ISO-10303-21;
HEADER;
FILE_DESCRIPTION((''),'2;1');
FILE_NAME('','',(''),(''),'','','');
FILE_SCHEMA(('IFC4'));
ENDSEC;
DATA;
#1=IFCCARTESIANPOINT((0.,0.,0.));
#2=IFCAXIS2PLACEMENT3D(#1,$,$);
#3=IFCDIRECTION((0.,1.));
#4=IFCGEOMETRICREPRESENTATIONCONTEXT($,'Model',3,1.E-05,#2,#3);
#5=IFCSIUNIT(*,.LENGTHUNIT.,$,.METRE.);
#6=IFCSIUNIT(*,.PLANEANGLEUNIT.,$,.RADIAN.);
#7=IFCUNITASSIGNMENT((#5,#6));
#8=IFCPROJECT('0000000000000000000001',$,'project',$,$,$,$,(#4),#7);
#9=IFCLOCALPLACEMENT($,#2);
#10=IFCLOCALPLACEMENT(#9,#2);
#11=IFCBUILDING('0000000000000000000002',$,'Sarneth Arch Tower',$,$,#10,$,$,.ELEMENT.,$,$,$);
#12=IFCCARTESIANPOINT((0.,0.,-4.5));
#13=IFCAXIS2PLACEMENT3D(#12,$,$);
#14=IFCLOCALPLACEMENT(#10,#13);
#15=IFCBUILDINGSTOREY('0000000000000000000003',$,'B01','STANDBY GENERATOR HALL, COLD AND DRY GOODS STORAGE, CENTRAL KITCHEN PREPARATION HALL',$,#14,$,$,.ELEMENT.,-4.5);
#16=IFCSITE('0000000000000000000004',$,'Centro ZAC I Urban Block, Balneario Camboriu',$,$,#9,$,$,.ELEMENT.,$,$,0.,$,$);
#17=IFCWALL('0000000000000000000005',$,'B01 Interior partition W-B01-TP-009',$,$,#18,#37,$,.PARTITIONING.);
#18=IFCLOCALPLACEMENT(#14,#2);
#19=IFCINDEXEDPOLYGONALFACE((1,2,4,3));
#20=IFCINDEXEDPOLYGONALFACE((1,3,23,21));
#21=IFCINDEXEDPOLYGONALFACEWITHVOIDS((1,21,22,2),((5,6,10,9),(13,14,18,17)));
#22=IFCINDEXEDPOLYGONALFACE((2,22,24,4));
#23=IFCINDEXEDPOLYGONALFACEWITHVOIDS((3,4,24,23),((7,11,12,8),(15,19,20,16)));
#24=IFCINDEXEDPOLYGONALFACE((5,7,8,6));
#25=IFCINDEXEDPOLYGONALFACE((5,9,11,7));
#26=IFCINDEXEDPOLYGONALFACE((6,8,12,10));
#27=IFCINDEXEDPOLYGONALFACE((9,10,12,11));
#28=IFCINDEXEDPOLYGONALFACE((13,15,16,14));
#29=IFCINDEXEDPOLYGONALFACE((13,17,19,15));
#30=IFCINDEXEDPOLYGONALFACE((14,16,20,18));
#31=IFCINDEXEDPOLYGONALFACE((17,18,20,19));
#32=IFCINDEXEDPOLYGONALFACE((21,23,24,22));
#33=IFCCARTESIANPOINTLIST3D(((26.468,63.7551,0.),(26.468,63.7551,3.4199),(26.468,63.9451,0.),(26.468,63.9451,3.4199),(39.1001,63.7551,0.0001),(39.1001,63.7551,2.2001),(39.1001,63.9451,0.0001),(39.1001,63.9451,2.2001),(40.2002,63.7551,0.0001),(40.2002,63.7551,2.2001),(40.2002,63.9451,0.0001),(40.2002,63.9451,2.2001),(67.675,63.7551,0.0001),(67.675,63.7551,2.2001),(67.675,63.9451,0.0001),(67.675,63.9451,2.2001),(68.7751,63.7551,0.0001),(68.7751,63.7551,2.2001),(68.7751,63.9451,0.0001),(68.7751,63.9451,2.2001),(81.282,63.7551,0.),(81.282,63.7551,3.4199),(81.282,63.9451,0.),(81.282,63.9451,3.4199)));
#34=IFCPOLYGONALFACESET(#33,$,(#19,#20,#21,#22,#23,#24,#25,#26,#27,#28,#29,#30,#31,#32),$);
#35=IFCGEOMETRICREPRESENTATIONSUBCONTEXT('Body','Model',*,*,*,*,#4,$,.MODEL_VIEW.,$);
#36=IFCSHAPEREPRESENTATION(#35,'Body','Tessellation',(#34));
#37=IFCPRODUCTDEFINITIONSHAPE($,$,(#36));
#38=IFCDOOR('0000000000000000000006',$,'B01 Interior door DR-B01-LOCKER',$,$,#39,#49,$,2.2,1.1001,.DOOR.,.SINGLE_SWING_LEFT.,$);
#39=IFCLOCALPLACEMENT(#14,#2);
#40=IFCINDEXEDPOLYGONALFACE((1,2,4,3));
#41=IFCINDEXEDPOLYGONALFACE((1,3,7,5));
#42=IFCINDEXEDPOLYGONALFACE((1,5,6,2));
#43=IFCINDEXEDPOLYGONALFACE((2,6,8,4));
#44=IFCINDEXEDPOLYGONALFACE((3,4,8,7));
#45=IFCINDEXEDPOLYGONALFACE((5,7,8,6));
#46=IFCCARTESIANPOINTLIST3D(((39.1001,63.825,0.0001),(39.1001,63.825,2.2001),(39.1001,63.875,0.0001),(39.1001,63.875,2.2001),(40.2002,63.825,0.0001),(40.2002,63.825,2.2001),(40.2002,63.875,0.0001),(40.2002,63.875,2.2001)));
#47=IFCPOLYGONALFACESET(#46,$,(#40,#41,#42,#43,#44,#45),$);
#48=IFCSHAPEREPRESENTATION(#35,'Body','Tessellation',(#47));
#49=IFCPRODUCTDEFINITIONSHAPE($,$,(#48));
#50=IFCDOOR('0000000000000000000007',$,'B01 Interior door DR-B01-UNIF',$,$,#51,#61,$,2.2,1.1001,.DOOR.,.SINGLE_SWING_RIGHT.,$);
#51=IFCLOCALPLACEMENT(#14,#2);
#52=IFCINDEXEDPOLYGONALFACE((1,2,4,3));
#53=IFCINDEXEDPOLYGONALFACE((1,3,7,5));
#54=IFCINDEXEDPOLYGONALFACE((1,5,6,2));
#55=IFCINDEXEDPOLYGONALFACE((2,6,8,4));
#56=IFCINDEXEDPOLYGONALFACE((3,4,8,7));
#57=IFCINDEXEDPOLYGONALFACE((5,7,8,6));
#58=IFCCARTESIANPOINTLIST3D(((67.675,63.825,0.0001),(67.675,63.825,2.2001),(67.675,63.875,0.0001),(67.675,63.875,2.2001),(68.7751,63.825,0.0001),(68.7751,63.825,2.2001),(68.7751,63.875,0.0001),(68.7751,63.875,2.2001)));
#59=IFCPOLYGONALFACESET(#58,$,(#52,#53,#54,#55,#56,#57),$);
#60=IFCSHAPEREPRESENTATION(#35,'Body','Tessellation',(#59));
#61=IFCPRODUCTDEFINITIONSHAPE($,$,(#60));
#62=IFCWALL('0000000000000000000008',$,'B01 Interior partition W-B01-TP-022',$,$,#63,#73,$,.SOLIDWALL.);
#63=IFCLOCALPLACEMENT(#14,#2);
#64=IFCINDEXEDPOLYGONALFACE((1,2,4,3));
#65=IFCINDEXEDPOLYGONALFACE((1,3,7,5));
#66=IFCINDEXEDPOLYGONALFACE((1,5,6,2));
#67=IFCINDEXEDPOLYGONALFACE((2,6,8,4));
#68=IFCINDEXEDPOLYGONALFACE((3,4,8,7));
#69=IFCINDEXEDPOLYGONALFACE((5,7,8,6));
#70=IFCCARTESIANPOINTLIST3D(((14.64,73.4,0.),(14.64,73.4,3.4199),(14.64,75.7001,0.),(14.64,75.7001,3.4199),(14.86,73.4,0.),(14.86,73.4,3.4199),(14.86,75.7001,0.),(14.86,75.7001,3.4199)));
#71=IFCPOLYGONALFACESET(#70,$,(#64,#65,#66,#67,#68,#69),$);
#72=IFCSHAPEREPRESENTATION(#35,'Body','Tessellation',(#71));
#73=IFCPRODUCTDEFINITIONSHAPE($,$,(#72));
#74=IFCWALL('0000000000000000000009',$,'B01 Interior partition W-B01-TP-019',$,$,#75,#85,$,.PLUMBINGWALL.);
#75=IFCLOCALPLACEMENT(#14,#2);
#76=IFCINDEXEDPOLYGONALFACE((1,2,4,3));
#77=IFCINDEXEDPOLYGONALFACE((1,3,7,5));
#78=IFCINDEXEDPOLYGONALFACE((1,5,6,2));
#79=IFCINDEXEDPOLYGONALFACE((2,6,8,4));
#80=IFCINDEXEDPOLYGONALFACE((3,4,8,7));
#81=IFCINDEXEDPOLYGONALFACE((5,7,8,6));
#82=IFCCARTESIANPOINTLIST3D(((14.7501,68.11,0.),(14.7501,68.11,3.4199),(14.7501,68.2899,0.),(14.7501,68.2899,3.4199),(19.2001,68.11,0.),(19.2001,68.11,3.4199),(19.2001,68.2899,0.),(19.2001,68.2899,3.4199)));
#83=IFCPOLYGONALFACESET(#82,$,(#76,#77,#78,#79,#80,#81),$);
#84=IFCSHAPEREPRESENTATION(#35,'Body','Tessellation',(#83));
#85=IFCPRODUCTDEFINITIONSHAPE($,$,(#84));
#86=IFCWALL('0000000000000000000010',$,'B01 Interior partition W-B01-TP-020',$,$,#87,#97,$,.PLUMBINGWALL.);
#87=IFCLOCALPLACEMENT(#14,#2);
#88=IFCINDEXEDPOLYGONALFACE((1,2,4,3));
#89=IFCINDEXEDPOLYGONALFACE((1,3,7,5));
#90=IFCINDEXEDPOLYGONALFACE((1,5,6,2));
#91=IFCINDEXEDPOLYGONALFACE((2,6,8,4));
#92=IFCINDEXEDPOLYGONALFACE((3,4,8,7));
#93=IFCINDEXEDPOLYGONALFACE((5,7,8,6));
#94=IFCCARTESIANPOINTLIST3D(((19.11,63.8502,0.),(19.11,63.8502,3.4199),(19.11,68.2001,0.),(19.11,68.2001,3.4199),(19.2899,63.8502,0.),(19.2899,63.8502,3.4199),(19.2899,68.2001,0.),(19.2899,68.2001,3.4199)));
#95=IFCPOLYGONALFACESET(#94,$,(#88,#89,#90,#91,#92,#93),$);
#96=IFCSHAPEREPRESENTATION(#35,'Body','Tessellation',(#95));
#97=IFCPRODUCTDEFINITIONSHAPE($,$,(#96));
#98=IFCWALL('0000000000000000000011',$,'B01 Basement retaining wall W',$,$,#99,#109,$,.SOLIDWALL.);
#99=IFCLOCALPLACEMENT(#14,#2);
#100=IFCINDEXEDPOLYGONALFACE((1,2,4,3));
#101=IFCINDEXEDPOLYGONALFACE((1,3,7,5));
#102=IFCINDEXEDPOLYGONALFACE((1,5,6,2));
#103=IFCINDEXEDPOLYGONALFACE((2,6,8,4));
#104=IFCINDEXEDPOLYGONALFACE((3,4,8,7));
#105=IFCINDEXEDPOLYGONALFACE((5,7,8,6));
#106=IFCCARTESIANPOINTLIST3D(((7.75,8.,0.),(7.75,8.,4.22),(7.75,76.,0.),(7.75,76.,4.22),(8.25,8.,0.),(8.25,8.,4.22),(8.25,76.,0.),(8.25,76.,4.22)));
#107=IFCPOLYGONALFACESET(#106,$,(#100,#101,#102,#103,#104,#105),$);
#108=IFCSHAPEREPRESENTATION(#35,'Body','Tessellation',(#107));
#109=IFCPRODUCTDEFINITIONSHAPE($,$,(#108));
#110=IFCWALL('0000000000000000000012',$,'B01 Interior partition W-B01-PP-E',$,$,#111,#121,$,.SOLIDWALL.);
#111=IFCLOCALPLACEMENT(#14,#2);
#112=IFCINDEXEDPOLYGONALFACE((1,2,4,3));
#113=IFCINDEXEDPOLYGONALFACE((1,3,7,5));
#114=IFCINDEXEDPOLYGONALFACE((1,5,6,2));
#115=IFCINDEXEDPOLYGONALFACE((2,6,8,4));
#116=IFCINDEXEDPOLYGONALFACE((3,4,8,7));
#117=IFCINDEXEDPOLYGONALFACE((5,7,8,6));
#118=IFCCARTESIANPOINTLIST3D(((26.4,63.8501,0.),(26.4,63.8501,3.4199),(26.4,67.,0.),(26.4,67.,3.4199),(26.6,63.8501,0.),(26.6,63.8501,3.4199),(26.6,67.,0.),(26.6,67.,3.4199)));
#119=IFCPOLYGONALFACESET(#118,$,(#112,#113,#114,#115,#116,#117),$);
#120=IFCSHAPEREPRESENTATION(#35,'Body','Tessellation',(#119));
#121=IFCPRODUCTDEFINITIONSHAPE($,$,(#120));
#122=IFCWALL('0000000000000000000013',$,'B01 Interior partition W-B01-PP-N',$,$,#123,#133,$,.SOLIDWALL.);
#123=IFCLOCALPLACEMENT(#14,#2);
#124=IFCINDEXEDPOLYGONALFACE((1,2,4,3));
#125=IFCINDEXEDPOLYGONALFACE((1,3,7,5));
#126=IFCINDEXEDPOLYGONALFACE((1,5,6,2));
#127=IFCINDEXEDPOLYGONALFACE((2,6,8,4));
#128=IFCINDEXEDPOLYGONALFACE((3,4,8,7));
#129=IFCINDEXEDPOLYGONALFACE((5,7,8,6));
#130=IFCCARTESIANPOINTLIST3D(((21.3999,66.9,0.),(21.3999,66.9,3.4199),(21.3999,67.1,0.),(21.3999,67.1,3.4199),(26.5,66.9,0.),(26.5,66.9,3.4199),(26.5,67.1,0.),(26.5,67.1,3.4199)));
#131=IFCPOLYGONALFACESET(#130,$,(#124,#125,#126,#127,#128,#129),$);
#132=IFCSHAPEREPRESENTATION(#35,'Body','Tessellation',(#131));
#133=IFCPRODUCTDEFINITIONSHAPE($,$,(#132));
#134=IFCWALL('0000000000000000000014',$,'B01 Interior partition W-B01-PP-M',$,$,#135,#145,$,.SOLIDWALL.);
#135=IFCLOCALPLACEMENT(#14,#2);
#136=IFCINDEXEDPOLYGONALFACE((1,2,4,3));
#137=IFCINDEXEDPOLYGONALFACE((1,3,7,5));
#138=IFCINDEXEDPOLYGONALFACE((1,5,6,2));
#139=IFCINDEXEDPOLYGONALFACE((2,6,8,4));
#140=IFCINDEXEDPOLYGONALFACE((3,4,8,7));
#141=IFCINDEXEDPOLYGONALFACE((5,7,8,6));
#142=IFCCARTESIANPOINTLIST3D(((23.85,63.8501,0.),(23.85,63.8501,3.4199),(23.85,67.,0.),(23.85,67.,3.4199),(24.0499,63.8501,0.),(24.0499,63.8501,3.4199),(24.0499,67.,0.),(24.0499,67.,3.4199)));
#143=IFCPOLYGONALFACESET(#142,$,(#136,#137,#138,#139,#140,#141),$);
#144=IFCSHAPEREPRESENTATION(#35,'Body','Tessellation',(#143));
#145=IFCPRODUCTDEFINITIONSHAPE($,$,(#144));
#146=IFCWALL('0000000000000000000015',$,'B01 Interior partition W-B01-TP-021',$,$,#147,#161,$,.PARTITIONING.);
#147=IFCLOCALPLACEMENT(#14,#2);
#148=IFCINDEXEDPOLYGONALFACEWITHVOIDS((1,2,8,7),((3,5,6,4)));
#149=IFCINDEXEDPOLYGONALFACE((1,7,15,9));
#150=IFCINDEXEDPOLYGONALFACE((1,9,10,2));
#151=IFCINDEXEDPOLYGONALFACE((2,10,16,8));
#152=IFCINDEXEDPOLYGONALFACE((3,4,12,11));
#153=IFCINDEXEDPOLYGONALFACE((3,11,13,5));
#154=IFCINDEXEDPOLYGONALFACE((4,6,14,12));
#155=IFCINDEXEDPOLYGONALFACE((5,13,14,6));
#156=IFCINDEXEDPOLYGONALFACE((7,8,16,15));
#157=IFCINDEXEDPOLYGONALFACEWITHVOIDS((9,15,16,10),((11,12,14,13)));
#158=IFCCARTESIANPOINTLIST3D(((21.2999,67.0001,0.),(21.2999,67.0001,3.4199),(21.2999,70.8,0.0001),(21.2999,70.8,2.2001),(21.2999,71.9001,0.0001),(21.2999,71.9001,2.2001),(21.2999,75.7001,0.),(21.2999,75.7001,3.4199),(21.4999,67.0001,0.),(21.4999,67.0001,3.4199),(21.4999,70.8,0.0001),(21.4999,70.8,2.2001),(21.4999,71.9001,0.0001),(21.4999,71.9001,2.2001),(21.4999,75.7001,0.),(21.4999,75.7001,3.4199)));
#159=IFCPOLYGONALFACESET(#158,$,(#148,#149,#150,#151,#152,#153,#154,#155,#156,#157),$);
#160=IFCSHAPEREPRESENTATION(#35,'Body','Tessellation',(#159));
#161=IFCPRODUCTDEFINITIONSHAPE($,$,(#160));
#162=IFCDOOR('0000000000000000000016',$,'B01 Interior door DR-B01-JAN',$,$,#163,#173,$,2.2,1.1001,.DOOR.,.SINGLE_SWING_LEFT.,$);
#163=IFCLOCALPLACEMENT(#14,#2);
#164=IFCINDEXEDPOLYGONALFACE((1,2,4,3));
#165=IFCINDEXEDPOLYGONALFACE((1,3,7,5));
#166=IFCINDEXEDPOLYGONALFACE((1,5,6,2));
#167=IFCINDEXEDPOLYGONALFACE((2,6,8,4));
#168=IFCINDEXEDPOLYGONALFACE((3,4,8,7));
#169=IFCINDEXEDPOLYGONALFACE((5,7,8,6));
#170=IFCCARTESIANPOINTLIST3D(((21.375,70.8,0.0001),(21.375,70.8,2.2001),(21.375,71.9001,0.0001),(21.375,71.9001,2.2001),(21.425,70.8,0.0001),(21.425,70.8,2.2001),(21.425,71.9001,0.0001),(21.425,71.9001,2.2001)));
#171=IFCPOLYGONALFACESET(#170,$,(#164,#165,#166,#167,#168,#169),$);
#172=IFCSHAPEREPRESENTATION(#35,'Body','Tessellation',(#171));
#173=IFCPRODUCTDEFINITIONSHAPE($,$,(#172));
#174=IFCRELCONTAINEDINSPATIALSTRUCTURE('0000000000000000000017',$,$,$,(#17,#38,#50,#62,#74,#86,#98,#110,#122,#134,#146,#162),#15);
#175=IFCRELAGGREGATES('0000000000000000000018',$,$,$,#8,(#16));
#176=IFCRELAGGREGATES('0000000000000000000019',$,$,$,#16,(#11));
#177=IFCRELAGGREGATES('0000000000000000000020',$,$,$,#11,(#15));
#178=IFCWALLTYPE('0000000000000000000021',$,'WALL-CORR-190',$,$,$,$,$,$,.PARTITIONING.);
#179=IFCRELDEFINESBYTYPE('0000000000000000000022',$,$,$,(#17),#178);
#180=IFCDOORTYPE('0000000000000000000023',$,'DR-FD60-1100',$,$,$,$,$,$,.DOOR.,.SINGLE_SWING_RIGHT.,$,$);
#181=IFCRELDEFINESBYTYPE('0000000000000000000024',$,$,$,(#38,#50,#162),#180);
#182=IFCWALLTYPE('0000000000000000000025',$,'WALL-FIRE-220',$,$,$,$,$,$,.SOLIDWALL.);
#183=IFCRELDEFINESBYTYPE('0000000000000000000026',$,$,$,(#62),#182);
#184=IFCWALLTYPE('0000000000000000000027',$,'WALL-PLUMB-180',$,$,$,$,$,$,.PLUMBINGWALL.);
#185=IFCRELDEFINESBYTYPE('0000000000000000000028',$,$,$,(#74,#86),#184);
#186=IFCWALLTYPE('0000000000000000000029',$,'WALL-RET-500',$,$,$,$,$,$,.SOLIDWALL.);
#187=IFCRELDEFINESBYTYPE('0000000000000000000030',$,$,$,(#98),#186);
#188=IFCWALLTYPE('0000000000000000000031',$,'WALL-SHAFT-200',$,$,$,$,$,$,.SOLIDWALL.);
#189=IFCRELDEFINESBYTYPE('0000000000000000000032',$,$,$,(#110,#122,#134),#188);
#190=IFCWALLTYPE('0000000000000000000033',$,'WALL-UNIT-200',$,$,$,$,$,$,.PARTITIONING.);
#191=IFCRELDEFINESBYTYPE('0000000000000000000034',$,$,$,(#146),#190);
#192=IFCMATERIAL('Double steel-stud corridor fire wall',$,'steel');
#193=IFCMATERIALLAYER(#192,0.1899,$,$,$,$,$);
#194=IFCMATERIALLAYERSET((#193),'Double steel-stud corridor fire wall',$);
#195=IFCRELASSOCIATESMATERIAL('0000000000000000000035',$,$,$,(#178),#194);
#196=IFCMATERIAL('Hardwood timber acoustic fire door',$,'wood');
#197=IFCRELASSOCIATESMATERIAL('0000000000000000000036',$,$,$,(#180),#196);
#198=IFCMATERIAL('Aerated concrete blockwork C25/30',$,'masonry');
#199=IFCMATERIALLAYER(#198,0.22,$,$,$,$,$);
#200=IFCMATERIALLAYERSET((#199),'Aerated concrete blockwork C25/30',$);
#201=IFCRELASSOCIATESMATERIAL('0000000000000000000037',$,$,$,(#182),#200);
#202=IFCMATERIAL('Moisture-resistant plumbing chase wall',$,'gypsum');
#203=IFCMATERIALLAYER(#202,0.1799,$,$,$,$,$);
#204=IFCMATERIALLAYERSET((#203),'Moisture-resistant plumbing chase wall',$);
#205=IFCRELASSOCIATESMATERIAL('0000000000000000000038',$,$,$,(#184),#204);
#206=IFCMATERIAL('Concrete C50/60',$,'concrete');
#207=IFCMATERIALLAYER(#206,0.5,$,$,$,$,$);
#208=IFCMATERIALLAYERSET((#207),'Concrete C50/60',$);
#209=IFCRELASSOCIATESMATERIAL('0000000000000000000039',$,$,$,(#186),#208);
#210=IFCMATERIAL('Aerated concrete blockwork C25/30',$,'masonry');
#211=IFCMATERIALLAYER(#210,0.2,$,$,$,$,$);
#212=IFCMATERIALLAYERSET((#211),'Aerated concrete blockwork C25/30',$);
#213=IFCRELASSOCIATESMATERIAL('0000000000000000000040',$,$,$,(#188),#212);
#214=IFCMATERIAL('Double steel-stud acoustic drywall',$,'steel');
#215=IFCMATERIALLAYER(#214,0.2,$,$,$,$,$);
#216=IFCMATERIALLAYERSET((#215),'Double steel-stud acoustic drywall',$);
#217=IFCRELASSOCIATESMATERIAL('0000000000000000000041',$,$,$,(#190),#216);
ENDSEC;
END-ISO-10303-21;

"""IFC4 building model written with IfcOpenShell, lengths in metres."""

from ifc_helpers import new_model, si_unit, direction, frame, frame_2d, origin, place, context, subcontext, project, spatial, rectangle, extrude, material, layer, layer_set, type_object, element, fill, save


model = new_model("IFC4")

# Units and contexts
model_context = context("Model", 3, precision=1e-05, world=origin(), true_north=direction((0.0, 1.0)))
body_context = subcontext(model_context, "Body", "Model", "MODEL_VIEW")
ifc_project = project(units=[si_unit("LENGTHUNIT", "METRE"), si_unit("PLANEANGLEUNIT", "RADIAN")], contexts=[model_context])

# Site, building, storey
site_placement = place(None, origin())
site = spatial("IfcSite", under=ifc_project, at=site_placement, Name="Centro ZAC I Urban Block, Balneario Camboriu", CompositionType="ELEMENT", RefElevation=0.0)
building_placement = place(site_placement, origin())
building = spatial("IfcBuilding", under=site, at=building_placement, Name="Sarneth Arch Tower", CompositionType="ELEMENT")
storey_placement = place(building_placement, frame((0.0, 0.0, -4.5)))
storey = spatial("IfcBuildingStorey", under=building, at=storey_placement, Name="B01", Description="STANDBY GENERATOR HALL, COLD AND DRY GOODS STORAGE, CENTRAL KITCHEN PREPARATION HALL", CompositionType="ELEMENT", Elevation=-4.5)

# Wall, openings, doors
ifc_material_1 = material(Name="Double steel-stud corridor fire wall", Category="steel")
ifc_layer_1 = layer(ifc_material_1, 0.1899)
ifc_layer_set_1 = layer_set([ifc_layer_1], Name="Double steel-stud corridor fire wall")
wall_type_1 = type_object("IfcWallType", Name="WALL-CORR-190", PredefinedType="PARTITIONING", material=ifc_layer_set_1)
wall_1_placement = place(storey_placement, frame((26.468, 63.8501, 0.0), z_axis=(0.0, 0.0, 1.0), x_axis=(1.0, 0.0, 0.0)))
wall_1 = element("IfcWall", 1, at=wall_1_placement, inside=storey, type_object=wall_type_1, Name="B01 Interior partition W-B01-TP-009", PredefinedType="PARTITIONING", context=body_context, shape_type="SweptSolid", body=[
    extrude(rectangle(XDim=54.814, YDim=0.1899, at=frame_2d((27.407, 0.0))), origin(), (0.0, 0.0, 1.0), 3.4199),
])
opening_1_placement = place(wall_1_placement, frame((12.6321, 0.0, 0.0)))
opening_1 = element("IfcOpeningElement", 2, at=opening_1_placement, cuts=wall_1, PredefinedType="OPENING", context=body_context, shape_type="SweptSolid", body=[
    extrude(rectangle(XDim=1.1001, YDim=2.2, at=frame_2d((0.55, 1.1001))), frame((0.0, 0.105, 0.0), z_axis=(0.0, -1.0, 0.0), x_axis=(1.0, 0.0, 0.0)), (0.0, 0.0, 1.0), 0.21),
])
opening_2_placement = place(wall_1_placement, frame((41.207, 0.0, 0.0)))
opening_2 = element("IfcOpeningElement", 3, at=opening_2_placement, cuts=wall_1, PredefinedType="OPENING", context=body_context, shape_type="SweptSolid", body=[
    extrude(rectangle(XDim=1.1001, YDim=2.2, at=frame_2d((0.55, 1.1001))), frame((0.0, 0.105, 0.0), z_axis=(0.0, -1.0, 0.0), x_axis=(1.0, 0.0, 0.0)), (0.0, 0.0, 1.0), 0.21),
])
ifc_material_2 = material(Name="Hardwood timber acoustic fire door", Category="wood")
door_type = type_object("IfcDoorType", Name="DR-FD60-1100", OperationType="SINGLE_SWING_RIGHT", PredefinedType="DOOR", material=ifc_material_2)
door_1_placement = place(opening_1_placement, origin())
door_1 = element("IfcDoor", 4, at=door_1_placement, inside=storey, type_object=door_type, Name="B01 Interior door DR-B01-LOCKER", OperationType="SINGLE_SWING_LEFT", OverallHeight=2.2, OverallWidth=1.1001, PredefinedType="DOOR", context=body_context, shape_type="SweptSolid", body=[
    extrude(rectangle(XDim=1.1001, YDim=2.2, at=frame_2d((0.55, 1.1001))), frame((0.0, 0.0249, 0.0), z_axis=(0.0, -1.0, 0.0), x_axis=(1.0, 0.0, 0.0)), (0.0, 0.0, 1.0), 0.05),
])
fill(opening_1, door_1)
door_2_placement = place(opening_2_placement, origin())
door_2 = element("IfcDoor", 5, at=door_2_placement, inside=storey, type_object=door_type, Name="B01 Interior door DR-B01-UNIF", OperationType="SINGLE_SWING_RIGHT", OverallHeight=2.2, OverallWidth=1.1001, PredefinedType="DOOR", context=body_context, shape_type="SweptSolid", body=[
    extrude(rectangle(XDim=1.1001, YDim=2.2, at=frame_2d((0.55, 1.1001))), frame((0.0, 0.0249, 0.0), z_axis=(0.0, -1.0, 0.0), x_axis=(1.0, 0.0, 0.0)), (0.0, 0.0, 1.0), 0.05),
])
fill(opening_2, door_2)

# Walls
ifc_material_3 = material(Name="Aerated concrete blockwork C25/30", Category="masonry")
ifc_layer_2 = layer(ifc_material_3, 0.22)
ifc_layer_set_2 = layer_set([ifc_layer_2], Name="Aerated concrete blockwork C25/30")
wall_type_2 = type_object("IfcWallType", Name="WALL-FIRE-220", PredefinedType="SOLIDWALL", material=ifc_layer_set_2)
wall_2_placement = place(storey_placement, frame((14.75, 75.7, 0.0), z_axis=(0.0, 0.0, 1.0), x_axis=(0.0, -1.0, 0.0)))
element("IfcWall", 6, at=wall_2_placement, inside=storey, type_object=wall_type_2, Name="B01 Interior partition W-B01-TP-022", PredefinedType="SOLIDWALL", context=body_context, shape_type="SweptSolid", body=[
    extrude(rectangle(XDim=2.3, YDim=0.22, at=frame_2d((1.1499, 0.0))), origin(), (0.0, 0.0, 1.0), 3.4199),
])
ifc_material_4 = material(Name="Moisture-resistant plumbing chase wall", Category="gypsum")
ifc_layer_3 = layer(ifc_material_4, 0.1799)
ifc_layer_set_3 = layer_set([ifc_layer_3], Name="Moisture-resistant plumbing chase wall")
wall_type_3 = type_object("IfcWallType", Name="WALL-PLUMB-180", PredefinedType="PLUMBINGWALL", material=ifc_layer_set_3)
wall_3_placement = place(storey_placement, frame((14.75, 68.2, 0.0), z_axis=(0.0, 0.0, 1.0), x_axis=(1.0, 0.0, 0.0)))
element("IfcWall", 7, at=wall_3_placement, inside=storey, type_object=wall_type_3, Name="B01 Interior partition W-B01-TP-019", PredefinedType="PLUMBINGWALL", context=body_context, shape_type="SweptSolid", body=[
    extrude(rectangle(XDim=4.45, YDim=0.1799, at=frame_2d((2.2251, 0.0))), origin(), (0.0, 0.0, 1.0), 3.4199),
])
wall_4_placement = place(storey_placement, frame((19.2, 68.2, 0.0), z_axis=(0.0, 0.0, 1.0), x_axis=(0.0, -1.0, 0.0)))
element("IfcWall", 8, at=wall_4_placement, inside=storey, type_object=wall_type_3, Name="B01 Interior partition W-B01-TP-020", PredefinedType="PLUMBINGWALL", context=body_context, shape_type="SweptSolid", body=[
    extrude(rectangle(XDim=4.3499, YDim=0.1799, at=frame_2d((2.1748, 0.0))), origin(), (0.0, 0.0, 1.0), 3.4199),
])
ifc_material_5 = material(Name="Concrete C50/60", Category="concrete")
ifc_layer_4 = layer(ifc_material_5, 0.5)
ifc_layer_set_4 = layer_set([ifc_layer_4], Name="Concrete C50/60")
wall_type_4 = type_object("IfcWallType", Name="WALL-RET-500", PredefinedType="SOLIDWALL", material=ifc_layer_set_4)
wall_5_placement = place(storey_placement, frame((8.0, 76.0, 0.0), z_axis=(0.0, 0.0, 1.0), x_axis=(0.0, -1.0, 0.0)))
element("IfcWall", 9, at=wall_5_placement, inside=storey, type_object=wall_type_4, Name="B01 Basement retaining wall W", PredefinedType="SOLIDWALL", context=body_context, shape_type="SweptSolid", body=[
    extrude(rectangle(XDim=68.0, YDim=0.5, at=frame_2d((34.0, 0.0))), origin(), (0.0, 0.0, 1.0), 4.22),
])
ifc_material_6 = material(Name="Aerated concrete blockwork C25/30", Category="masonry")
ifc_layer_5 = layer(ifc_material_6, 0.2)
ifc_layer_set_5 = layer_set([ifc_layer_5], Name="Aerated concrete blockwork C25/30")
wall_type_5 = type_object("IfcWallType", Name="WALL-SHAFT-200", PredefinedType="SOLIDWALL", material=ifc_layer_set_5)
wall_6_placement = place(storey_placement, frame((26.5, 63.8501, 0.0), z_axis=(0.0, 0.0, 1.0), x_axis=(0.0, 1.0, 0.0)))
element("IfcWall", 10, at=wall_6_placement, inside=storey, type_object=wall_type_5, Name="B01 Interior partition W-B01-PP-E", PredefinedType="SOLIDWALL", context=body_context, shape_type="SweptSolid", body=[
    extrude(rectangle(XDim=3.1499, YDim=0.2, at=frame_2d((1.575, 0.0))), origin(), (0.0, 0.0, 1.0), 3.4199),
])
wall_7_placement = place(storey_placement, frame((21.3999, 67.0, 0.0), z_axis=(0.0, 0.0, 1.0), x_axis=(1.0, 0.0, 0.0)))
element("IfcWall", 11, at=wall_7_placement, inside=storey, type_object=wall_type_5, Name="B01 Interior partition W-B01-PP-N", PredefinedType="SOLIDWALL", context=body_context, shape_type="SweptSolid", body=[
    extrude(rectangle(XDim=5.1001, YDim=0.2, at=frame_2d((2.55, 0.0))), origin(), (0.0, 0.0, 1.0), 3.4199),
])
wall_8_placement = place(storey_placement, frame((23.95, 63.8501, 0.0), z_axis=(0.0, 0.0, 1.0), x_axis=(0.0, 1.0, 0.0)))
element("IfcWall", 12, at=wall_8_placement, inside=storey, type_object=wall_type_5, Name="B01 Interior partition W-B01-PP-M", PredefinedType="SOLIDWALL", context=body_context, shape_type="SweptSolid", body=[
    extrude(rectangle(XDim=3.1499, YDim=0.2, at=frame_2d((1.575, 0.0))), origin(), (0.0, 0.0, 1.0), 3.4199),
])

# Wall, opening, door
ifc_material_7 = material(Name="Double steel-stud acoustic drywall", Category="steel")
ifc_layer_6 = layer(ifc_material_7, 0.2)
ifc_layer_set_6 = layer_set([ifc_layer_6], Name="Double steel-stud acoustic drywall")
wall_type_6 = type_object("IfcWallType", Name="WALL-UNIT-200", PredefinedType="PARTITIONING", material=ifc_layer_set_6)
wall_9_placement = place(storey_placement, frame((21.3999, 67.0, 0.0), z_axis=(0.0, 0.0, 1.0), x_axis=(0.0, 1.0, 0.0)))
wall_9 = element("IfcWall", 13, at=wall_9_placement, inside=storey, type_object=wall_type_6, Name="B01 Interior partition W-B01-TP-021", PredefinedType="PARTITIONING", context=body_context, shape_type="SweptSolid", body=[
    extrude(rectangle(XDim=8.7, YDim=0.2, at=frame_2d((4.3501, 0.0))), origin(), (0.0, 0.0, 1.0), 3.4199),
])
opening_3_placement = place(wall_9_placement, frame((3.8, 0.0, 0.0)))
opening_3 = element("IfcOpeningElement", 14, at=opening_3_placement, cuts=wall_9, PredefinedType="OPENING", context=body_context, shape_type="SweptSolid", body=[
    extrude(rectangle(XDim=1.1001, YDim=2.2, at=frame_2d((0.55, 1.1001))), frame((0.0, 0.1099, 0.0), z_axis=(0.0, -1.0, 0.0), x_axis=(1.0, 0.0, 0.0)), (0.0, 0.0, 1.0), 0.22),
])
door_3_placement = place(opening_3_placement, origin())
door_3 = element("IfcDoor", 15, at=door_3_placement, inside=storey, type_object=door_type, Name="B01 Interior door DR-B01-JAN", OperationType="SINGLE_SWING_LEFT", OverallHeight=2.2, OverallWidth=1.1001, PredefinedType="DOOR", context=body_context, shape_type="SweptSolid", body=[
    extrude(rectangle(XDim=1.1001, YDim=2.2, at=frame_2d((0.55, 1.1001))), frame((0.0, 0.0249, 0.0), z_axis=(0.0, -1.0, 0.0), x_axis=(1.0, 0.0, 0.0)), (0.0, 0.0, 1.0), 0.05),
])
fill(opening_3, door_3)

save(model, "model.ifc")
